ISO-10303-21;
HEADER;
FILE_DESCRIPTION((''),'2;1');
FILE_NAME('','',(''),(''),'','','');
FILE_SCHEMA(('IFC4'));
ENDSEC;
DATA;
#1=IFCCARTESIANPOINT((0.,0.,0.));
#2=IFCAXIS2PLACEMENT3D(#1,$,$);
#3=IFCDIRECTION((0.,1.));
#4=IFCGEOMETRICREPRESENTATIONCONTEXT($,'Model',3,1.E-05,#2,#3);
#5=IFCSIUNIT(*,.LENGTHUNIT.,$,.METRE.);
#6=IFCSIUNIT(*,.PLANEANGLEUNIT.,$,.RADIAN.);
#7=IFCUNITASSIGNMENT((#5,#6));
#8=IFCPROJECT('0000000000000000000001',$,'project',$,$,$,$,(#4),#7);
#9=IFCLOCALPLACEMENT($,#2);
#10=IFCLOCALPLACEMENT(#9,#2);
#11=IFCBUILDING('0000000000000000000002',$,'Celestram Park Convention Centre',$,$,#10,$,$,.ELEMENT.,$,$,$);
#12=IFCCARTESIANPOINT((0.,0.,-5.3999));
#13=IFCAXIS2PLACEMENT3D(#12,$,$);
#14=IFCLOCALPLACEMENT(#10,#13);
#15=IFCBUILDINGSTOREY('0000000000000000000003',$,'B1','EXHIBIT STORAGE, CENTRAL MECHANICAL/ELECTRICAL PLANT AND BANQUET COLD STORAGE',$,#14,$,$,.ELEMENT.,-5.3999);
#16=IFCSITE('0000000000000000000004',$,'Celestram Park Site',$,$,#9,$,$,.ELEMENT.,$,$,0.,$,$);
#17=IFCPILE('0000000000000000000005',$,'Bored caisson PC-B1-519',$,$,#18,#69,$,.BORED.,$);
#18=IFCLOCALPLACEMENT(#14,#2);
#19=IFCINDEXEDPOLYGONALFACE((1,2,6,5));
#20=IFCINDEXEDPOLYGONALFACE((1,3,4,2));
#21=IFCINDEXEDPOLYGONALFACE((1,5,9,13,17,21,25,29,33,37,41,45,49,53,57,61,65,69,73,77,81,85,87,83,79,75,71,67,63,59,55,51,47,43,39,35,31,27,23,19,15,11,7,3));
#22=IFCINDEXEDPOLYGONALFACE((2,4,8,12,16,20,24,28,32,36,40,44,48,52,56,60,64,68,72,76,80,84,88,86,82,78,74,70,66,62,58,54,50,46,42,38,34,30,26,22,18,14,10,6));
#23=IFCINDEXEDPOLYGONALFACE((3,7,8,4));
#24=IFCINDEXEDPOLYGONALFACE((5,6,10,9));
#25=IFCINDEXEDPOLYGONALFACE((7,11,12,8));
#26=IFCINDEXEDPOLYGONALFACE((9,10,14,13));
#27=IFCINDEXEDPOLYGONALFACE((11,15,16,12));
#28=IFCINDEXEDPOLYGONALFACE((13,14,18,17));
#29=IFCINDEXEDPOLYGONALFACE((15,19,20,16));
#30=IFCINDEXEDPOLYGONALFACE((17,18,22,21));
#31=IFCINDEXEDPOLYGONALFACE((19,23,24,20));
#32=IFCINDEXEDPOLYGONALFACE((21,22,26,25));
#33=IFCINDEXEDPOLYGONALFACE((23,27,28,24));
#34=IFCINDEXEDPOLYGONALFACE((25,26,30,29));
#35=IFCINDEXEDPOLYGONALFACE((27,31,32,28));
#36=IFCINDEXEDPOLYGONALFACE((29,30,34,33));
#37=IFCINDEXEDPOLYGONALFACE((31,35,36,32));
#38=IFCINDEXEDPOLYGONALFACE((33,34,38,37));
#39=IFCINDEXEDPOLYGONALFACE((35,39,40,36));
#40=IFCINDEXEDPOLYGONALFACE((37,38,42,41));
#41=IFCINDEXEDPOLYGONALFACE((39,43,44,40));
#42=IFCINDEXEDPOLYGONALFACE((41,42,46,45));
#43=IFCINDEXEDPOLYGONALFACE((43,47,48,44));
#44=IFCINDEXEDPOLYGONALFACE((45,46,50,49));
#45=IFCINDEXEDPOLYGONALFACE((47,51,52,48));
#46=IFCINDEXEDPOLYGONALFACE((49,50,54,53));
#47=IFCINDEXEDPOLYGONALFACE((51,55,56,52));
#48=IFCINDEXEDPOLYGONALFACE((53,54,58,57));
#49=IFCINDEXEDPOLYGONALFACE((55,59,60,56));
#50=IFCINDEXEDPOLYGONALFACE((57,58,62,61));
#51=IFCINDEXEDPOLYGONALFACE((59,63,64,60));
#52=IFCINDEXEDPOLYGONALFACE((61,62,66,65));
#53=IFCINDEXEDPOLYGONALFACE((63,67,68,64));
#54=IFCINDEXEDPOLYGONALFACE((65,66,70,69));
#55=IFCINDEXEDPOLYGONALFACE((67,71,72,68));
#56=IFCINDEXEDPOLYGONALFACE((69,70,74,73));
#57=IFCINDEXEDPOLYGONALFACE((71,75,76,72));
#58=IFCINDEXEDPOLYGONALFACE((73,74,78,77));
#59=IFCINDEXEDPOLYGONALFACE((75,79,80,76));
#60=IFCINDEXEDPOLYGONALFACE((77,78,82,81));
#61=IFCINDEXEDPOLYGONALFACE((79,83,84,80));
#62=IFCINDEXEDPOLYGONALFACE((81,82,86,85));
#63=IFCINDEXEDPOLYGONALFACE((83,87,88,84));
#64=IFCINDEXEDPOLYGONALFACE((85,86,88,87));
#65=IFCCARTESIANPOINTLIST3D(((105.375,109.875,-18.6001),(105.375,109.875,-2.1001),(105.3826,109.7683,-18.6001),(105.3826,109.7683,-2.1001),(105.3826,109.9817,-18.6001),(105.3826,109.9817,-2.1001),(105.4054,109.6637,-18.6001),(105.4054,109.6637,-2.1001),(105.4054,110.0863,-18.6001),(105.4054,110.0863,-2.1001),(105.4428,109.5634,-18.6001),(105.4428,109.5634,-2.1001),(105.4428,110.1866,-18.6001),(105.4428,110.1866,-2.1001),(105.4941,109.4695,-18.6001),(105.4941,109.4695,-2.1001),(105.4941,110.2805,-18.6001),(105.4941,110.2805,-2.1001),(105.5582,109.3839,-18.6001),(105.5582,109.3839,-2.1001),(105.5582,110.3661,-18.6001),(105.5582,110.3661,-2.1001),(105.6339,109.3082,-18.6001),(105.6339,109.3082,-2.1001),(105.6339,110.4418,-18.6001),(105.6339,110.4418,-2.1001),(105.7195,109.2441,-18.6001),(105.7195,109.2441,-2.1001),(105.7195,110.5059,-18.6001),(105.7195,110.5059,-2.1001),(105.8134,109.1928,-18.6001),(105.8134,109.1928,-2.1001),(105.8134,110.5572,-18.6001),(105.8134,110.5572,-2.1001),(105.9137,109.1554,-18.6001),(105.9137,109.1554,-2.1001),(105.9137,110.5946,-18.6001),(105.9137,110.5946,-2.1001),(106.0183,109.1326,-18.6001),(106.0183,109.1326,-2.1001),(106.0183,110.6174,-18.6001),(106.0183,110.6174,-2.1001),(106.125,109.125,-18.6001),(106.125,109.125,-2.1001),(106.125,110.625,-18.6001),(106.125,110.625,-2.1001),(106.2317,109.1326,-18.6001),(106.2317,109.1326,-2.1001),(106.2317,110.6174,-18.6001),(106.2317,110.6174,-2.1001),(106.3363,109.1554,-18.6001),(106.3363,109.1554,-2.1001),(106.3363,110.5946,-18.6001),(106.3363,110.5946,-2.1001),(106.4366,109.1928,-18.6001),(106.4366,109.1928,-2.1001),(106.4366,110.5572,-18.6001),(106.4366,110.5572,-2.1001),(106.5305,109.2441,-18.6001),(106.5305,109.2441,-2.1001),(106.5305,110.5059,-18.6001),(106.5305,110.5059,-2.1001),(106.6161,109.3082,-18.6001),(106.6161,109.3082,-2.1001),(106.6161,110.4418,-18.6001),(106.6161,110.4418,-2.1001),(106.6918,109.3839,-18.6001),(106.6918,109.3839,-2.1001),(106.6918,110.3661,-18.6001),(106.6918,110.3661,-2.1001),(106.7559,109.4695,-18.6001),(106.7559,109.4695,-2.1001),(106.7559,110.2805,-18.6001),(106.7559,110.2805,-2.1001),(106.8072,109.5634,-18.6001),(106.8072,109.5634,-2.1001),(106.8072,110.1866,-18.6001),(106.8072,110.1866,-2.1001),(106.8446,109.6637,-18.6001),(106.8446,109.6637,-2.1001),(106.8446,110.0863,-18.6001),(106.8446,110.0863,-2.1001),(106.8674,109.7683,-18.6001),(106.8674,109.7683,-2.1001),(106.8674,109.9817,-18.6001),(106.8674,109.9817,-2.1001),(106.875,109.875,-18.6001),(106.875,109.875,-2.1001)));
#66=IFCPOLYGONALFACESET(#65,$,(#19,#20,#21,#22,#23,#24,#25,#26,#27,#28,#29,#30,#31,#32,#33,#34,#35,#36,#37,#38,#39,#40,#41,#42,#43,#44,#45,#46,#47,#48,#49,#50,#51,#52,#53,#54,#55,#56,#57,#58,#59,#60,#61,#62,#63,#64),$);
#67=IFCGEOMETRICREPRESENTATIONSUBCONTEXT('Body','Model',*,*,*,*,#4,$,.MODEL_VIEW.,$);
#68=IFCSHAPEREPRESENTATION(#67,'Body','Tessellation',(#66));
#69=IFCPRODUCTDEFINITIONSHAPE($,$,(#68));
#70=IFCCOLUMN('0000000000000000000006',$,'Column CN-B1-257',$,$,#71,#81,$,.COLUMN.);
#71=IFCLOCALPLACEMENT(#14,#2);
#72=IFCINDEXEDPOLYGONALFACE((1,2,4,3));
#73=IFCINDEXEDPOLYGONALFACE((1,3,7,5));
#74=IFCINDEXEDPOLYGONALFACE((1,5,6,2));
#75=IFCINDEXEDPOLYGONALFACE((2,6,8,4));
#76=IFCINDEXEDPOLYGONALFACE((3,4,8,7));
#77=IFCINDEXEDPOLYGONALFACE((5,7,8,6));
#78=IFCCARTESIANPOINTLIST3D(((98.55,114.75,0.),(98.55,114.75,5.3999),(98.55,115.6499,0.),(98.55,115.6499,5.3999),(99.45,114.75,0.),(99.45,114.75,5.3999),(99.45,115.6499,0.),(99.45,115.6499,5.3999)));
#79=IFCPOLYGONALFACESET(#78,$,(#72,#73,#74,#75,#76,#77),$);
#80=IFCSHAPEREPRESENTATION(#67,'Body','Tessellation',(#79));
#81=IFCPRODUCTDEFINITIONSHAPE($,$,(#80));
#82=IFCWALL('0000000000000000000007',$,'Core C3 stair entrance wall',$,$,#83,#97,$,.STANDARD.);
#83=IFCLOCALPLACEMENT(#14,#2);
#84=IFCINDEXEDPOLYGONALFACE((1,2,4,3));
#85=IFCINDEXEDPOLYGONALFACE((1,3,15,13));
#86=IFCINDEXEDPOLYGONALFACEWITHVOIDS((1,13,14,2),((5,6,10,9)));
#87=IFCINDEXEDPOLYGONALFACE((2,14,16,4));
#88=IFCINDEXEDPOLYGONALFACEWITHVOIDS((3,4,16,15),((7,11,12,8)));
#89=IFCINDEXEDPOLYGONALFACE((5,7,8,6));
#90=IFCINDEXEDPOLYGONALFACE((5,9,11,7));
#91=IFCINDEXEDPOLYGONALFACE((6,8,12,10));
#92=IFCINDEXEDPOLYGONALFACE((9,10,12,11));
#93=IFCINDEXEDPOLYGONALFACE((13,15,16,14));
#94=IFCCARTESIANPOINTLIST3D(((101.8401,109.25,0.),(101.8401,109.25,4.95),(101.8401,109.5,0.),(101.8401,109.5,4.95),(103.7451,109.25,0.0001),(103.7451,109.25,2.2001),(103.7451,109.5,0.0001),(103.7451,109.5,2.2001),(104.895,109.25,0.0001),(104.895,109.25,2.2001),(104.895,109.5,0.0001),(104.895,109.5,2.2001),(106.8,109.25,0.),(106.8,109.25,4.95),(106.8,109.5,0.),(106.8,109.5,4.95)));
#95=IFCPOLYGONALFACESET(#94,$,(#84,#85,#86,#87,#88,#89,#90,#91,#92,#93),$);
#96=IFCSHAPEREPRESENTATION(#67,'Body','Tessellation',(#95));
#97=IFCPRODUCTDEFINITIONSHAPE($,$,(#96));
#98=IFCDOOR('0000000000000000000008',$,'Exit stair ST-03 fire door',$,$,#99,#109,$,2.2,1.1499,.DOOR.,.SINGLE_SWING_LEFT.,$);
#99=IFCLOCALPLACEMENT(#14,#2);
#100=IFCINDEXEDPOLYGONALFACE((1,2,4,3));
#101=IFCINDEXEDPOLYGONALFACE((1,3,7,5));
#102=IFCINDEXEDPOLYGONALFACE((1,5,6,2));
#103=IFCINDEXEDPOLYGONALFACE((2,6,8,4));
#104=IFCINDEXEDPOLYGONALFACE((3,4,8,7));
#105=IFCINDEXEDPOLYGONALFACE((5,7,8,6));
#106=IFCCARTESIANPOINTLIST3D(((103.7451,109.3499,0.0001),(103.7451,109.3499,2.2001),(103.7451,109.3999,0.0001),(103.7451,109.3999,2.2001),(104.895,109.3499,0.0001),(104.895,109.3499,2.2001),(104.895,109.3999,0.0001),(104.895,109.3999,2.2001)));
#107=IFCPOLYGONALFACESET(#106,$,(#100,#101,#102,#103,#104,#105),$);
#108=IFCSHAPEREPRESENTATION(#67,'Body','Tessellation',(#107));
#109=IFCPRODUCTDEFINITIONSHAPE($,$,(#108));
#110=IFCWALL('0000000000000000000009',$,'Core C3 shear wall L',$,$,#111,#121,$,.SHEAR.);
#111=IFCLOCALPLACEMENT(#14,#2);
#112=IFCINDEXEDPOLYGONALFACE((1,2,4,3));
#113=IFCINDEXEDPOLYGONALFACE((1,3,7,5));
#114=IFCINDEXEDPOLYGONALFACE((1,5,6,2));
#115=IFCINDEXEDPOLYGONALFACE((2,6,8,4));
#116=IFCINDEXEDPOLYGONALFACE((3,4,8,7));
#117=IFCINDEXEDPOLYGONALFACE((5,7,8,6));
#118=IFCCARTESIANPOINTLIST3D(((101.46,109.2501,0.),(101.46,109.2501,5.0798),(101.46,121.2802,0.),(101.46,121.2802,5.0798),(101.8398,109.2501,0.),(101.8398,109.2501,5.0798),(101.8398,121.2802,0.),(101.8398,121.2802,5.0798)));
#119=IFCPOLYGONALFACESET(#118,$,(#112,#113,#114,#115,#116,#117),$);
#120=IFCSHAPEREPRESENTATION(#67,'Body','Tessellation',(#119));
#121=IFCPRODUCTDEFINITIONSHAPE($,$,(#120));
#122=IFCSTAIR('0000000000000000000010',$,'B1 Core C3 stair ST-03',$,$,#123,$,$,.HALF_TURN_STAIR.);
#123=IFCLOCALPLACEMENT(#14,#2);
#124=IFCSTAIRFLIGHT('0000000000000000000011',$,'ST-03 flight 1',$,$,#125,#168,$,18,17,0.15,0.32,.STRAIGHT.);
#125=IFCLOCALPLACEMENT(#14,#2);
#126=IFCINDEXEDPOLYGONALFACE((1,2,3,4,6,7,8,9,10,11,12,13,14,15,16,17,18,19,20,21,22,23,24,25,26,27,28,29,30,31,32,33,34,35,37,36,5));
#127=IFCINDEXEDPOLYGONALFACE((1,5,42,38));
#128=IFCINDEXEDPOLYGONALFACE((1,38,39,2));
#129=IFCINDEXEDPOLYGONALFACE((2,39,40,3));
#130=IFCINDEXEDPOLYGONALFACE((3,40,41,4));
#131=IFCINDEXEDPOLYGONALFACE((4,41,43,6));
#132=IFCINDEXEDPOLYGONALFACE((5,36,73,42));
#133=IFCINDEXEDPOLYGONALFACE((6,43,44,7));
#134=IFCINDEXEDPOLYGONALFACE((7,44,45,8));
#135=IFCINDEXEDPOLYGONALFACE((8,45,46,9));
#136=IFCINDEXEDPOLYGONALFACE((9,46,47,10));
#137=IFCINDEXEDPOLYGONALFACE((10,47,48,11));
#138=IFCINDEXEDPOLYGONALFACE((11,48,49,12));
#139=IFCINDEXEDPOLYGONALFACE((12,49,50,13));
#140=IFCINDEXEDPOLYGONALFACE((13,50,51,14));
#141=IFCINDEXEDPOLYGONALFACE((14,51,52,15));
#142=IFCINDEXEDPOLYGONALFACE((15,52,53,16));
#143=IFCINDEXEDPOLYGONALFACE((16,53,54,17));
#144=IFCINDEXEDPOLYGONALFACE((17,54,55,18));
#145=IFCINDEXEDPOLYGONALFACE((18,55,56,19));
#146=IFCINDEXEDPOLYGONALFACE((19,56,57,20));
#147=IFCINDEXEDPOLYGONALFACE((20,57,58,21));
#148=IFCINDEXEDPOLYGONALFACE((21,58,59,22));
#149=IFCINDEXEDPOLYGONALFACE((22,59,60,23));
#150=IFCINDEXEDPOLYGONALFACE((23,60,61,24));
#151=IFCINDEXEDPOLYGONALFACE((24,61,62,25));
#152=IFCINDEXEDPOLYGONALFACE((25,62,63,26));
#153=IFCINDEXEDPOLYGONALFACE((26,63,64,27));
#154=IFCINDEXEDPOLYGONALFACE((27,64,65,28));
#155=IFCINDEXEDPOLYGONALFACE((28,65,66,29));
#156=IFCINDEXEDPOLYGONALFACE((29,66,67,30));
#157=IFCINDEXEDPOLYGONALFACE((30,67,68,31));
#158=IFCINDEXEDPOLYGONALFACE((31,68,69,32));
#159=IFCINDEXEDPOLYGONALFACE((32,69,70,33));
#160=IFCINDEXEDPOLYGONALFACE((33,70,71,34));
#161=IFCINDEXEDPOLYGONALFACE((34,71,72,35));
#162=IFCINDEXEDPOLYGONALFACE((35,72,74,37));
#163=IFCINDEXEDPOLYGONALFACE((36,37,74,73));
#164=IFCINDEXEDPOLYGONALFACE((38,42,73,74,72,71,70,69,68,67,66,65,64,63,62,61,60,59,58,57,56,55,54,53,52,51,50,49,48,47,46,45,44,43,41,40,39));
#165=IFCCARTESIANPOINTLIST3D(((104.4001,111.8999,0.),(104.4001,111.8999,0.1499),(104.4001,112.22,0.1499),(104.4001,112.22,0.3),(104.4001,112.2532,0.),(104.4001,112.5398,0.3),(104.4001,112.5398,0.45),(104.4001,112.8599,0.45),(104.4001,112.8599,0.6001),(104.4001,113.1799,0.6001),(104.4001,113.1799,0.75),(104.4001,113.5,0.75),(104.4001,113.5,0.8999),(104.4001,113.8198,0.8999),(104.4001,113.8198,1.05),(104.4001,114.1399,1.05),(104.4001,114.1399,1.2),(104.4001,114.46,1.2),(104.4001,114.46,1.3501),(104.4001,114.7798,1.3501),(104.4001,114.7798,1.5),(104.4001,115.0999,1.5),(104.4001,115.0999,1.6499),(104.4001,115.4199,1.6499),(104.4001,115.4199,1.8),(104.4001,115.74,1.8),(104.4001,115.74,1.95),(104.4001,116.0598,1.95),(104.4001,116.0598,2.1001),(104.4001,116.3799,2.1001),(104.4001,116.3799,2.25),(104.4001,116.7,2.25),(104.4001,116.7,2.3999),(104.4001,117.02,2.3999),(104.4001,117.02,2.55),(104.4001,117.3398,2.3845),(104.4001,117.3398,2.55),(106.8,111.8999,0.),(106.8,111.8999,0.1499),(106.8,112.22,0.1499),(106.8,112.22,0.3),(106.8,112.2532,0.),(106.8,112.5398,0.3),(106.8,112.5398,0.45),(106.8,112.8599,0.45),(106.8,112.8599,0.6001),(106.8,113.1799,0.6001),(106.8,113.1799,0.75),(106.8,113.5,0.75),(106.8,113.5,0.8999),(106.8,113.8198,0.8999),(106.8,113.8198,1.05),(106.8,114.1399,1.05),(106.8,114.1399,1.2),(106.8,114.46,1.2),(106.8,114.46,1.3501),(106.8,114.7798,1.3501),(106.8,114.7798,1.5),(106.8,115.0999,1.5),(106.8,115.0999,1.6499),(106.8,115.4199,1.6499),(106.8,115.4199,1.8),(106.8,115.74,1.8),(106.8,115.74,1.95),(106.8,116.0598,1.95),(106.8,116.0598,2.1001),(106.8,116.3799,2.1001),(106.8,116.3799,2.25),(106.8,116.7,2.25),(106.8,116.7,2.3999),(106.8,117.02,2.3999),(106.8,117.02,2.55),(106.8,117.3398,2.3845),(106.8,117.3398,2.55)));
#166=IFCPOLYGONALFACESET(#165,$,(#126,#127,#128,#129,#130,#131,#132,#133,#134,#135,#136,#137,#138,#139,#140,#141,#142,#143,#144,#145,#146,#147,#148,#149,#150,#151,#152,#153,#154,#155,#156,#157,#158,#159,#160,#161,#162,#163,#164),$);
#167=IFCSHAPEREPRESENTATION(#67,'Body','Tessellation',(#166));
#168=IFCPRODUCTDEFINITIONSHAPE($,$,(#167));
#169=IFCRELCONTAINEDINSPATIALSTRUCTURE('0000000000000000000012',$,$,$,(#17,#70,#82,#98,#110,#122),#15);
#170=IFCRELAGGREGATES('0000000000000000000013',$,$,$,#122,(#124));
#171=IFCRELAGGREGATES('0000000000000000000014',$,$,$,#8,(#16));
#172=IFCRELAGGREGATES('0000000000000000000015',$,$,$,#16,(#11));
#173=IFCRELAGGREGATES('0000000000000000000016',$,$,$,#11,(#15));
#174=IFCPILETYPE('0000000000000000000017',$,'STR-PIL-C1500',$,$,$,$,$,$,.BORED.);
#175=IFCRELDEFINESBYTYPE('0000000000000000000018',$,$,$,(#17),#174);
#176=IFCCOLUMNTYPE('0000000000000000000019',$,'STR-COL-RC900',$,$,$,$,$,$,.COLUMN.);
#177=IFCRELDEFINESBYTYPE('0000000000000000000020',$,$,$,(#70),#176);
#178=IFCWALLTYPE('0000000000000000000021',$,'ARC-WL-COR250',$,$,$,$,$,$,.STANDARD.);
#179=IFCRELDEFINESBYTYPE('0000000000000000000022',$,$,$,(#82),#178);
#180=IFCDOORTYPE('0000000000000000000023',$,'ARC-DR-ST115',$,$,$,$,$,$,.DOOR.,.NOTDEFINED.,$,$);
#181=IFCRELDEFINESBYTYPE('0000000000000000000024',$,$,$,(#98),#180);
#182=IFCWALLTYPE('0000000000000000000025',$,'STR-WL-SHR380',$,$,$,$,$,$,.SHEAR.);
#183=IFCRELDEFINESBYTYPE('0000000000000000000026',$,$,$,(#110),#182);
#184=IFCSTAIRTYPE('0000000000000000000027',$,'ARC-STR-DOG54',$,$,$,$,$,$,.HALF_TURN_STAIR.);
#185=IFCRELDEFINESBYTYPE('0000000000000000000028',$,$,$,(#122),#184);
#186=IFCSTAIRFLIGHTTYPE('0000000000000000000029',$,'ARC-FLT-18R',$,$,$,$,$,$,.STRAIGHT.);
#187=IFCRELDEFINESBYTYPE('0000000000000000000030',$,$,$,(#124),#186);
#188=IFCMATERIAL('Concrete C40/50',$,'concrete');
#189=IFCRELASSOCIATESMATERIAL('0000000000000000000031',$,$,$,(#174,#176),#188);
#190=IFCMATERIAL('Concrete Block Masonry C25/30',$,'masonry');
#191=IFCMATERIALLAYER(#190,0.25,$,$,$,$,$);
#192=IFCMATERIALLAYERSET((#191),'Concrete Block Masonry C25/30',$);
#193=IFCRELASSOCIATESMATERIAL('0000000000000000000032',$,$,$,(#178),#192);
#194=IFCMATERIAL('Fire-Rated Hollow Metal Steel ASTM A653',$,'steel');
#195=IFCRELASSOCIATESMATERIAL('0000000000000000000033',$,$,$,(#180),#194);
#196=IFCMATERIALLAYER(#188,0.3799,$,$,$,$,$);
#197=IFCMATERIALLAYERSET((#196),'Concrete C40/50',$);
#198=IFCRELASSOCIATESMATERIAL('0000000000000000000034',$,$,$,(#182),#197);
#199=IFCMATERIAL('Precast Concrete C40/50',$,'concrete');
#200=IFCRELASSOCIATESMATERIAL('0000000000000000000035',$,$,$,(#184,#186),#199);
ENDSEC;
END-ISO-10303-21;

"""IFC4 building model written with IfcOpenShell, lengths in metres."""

from ifc_helpers import new_model, si_unit, direction, frame, frame_2d, origin, origin_2d, place, context, subcontext, project, spatial, polyline, rectangle, circle, outline, extrude, material, layer, layer_set, material_profile, profile_set, type_object, element, fill, aggregate, save


model = new_model("IFC4")

# Units and contexts
model_context = context("Model", 3, precision=1e-05, world=origin(), true_north=direction((0.0, 1.0)))
body_context = subcontext(model_context, "Body", "Model", "MODEL_VIEW")
ifc_project = project(units=[si_unit("LENGTHUNIT", "METRE"), si_unit("PLANEANGLEUNIT", "RADIAN")], contexts=[model_context])

# Site, building, storey
site_placement = place(None, origin())
site = spatial("IfcSite", under=ifc_project, at=site_placement, Name="Celestram Park Site", CompositionType="ELEMENT", RefElevation=0.0)
building_placement = place(site_placement, origin())
building = spatial("IfcBuilding", under=site, at=building_placement, Name="Celestram Park Convention Centre", CompositionType="ELEMENT")
storey_placement = place(building_placement, frame((0.0, 0.0, -5.3999)))
storey = spatial("IfcBuildingStorey", under=building, at=storey_placement, Name="B1", Description="EXHIBIT STORAGE, CENTRAL MECHANICAL/ELECTRICAL PLANT AND BANQUET COLD STORAGE", CompositionType="ELEMENT", Elevation=-5.3999)

# Shared definitions
ifc_material_1 = material(Name="Concrete C40/50", Category="concrete")

# Pile
ifc_material_profile_1 = material_profile(ifc_material_1, circle(Radius=0.75, at=origin_2d()), Name="CAISSON1500")
ifc_profile_set_1 = profile_set([ifc_material_profile_1], Name="Concrete C40/50")
pile_type_1 = type_object("IfcPileType", Name="STR-PIL-C1500", PredefinedType="BORED", material=ifc_profile_set_1)
pile_placement = place(storey_placement, frame((106.125, 109.875, -2.1001), z_axis=(0.0, 0.0, -1.0), x_axis=(1.0, 0.0, 0.0)))
element("IfcPile", 1, at=pile_placement, inside=storey, type_object=pile_type_1, Name="Bored caisson PC-B1-519", PredefinedType="BORED", context=body_context, shape_type="SweptSolid", body=[
    extrude(circle(Radius=0.75, at=origin_2d()), origin(), (0.0, 0.0, 1.0), 16.5),
])

# Column
ifc_material_profile_2 = material_profile(ifc_material_1, rectangle(XDim=0.8999, YDim=0.8999, at=origin_2d()), Name="RC900X900")
ifc_profile_set_2 = profile_set([ifc_material_profile_2], Name="Concrete C40/50")
column_type = type_object("IfcColumnType", Name="STR-COL-RC900", PredefinedType="COLUMN", material=ifc_profile_set_2)
column_placement = place(storey_placement, frame((99.0, 115.2, 0.0), z_axis=(0.0, 0.0, 1.0), x_axis=(1.0, 0.0, 0.0)))
element("IfcColumn", 2, at=column_placement, inside=storey, type_object=column_type, Name="Column CN-B1-257", PredefinedType="COLUMN", context=body_context, shape_type="SweptSolid", body=[
    extrude(rectangle(XDim=0.8999, YDim=0.8999, at=origin_2d()), origin(), (0.0, 0.0, 1.0), 5.3999),
])

# Wall, opening, door
ifc_material_2 = material(Name="Concrete Block Masonry C25/30", Category="masonry")
ifc_layer_1 = layer(ifc_material_2, 0.25)
ifc_layer_set_1 = layer_set([ifc_layer_1], Name="Concrete Block Masonry C25/30")
wall_type_1 = type_object("IfcWallType", Name="ARC-WL-COR250", PredefinedType="STANDARD", material=ifc_layer_set_1)
wall_1_placement = place(storey_placement, frame((101.8401, 109.375, 0.0), z_axis=(0.0, 0.0, 1.0), x_axis=(1.0, 0.0, 0.0)))
wall_1 = element("IfcWall", 3, at=wall_1_placement, inside=storey, type_object=wall_type_1, Name="Core C3 stair entrance wall", PredefinedType="STANDARD", context=body_context, shape_type="SweptSolid", body=[
    extrude(rectangle(XDim=4.96, YDim=0.25, at=frame_2d((2.48, 0.0))), origin(), (0.0, 0.0, 1.0), 4.95),
])
opening_placement = place(wall_1_placement, frame((1.905, 0.0, 0.0)))
opening = element("IfcOpeningElement", 4, at=opening_placement, cuts=wall_1, PredefinedType="OPENING", context=body_context, shape_type="SweptSolid", body=[
    extrude(rectangle(XDim=1.1499, YDim=2.2, at=frame_2d((0.575, 1.1001))), frame((0.0, 0.135, 0.0), z_axis=(0.0, -1.0, 0.0), x_axis=(1.0, 0.0, 0.0)), (0.0, 0.0, 1.0), 0.27),
])
ifc_material_3 = material(Name="Fire-Rated Hollow Metal Steel ASTM A653", Category="steel")
door_type = type_object("IfcDoorType", Name="ARC-DR-ST115", OperationType="NOTDEFINED", PredefinedType="DOOR", material=ifc_material_3)
door_placement = place(opening_placement, origin())
door = element("IfcDoor", 5, at=door_placement, inside=storey, type_object=door_type, Name="Exit stair ST-03 fire door", OperationType="SINGLE_SWING_LEFT", OverallHeight=2.2, OverallWidth=1.1499, PredefinedType="DOOR", context=body_context, shape_type="SweptSolid", body=[
    extrude(rectangle(XDim=1.1499, YDim=2.2, at=frame_2d((0.575, 1.1001))), frame((0.0, 0.0249, 0.0), z_axis=(0.0, -1.0, 0.0), x_axis=(1.0, 0.0, 0.0)), (0.0, 0.0, 1.0), 0.05),
])
fill(opening, door)

# Wall
ifc_layer_2 = layer(ifc_material_1, 0.3799)
ifc_layer_set_2 = layer_set([ifc_layer_2], Name="Concrete C40/50")
wall_type_2 = type_object("IfcWallType", Name="STR-WL-SHR380", PredefinedType="SHEAR", material=ifc_layer_set_2)
wall_2_placement = place(storey_placement, frame((101.6499, 109.25, 0.0), z_axis=(0.0, 0.0, 1.0), x_axis=(0.0, 1.0, 0.0)))
element("IfcWall", 6, at=wall_2_placement, inside=storey, type_object=wall_type_2, Name="Core C3 shear wall L", PredefinedType="SHEAR", context=body_context, shape_type="SweptSolid", body=[
    extrude(rectangle(XDim=12.03, YDim=0.3799, at=frame_2d((6.0151, 0.0))), origin(), (0.0, 0.0, 1.0), 5.0798),
])

# Stair, stair flight
ifc_material_4 = material(Name="Precast Concrete C40/50", Category="concrete")
stair_type = type_object("IfcStairType", Name="ARC-STR-DOG54", PredefinedType="HALF_TURN_STAIR", material=ifc_material_4)
stair_placement = place(storey_placement, origin())
stair = element("IfcStair", 7, at=stair_placement, inside=storey, type_object=stair_type, Name="B1 Core C3 stair ST-03", PredefinedType="HALF_TURN_STAIR")
stair_flight_type = type_object("IfcStairFlightType", Name="ARC-FLT-18R", PredefinedType="STRAIGHT", material=ifc_material_4)
stair_flight_1_placement = place(storey_placement, frame((105.6001, 111.8999, 0.0), z_axis=(0.0, 0.0, 1.0), x_axis=(0.0, 1.0, 0.0)))
stair_flight_1 = element("IfcStairFlight", 8, at=stair_flight_1_placement, type_object=stair_flight_type, Name="ST-03 flight 1", NumberOfRisers=18, NumberOfTreads=17, PredefinedType="STRAIGHT", RiserHeight=0.15, TreadLength=0.32, context=body_context, shape_type="SweptSolid", body=[
    extrude(outline(polyline([(0.0, 0.0), (0.0, 0.1499), (0.3201, 0.1499), (0.3201, 0.3), (0.6399, 0.3), (0.6399, 0.45), (0.96, 0.45), (0.96, 0.6001), (1.28, 0.6001), (1.28, 0.75), (1.6001, 0.75), (1.6001, 0.8999), (1.9199, 0.8999), (1.9199, 1.05), (2.24, 1.05), (2.24, 1.2), (2.5601, 1.2), (2.5601, 1.3501), (2.8799, 1.3501), (2.8799, 1.5), (3.2, 1.5), (3.2, 1.6499), (3.52, 1.6499), (3.52, 1.8), (3.8401, 1.8), (3.8401, 1.95), (4.1599, 1.95), (4.1599, 2.1001), (4.48, 2.1001), (4.48, 2.25), (4.8, 2.25), (4.8, 2.3999), (5.1201, 2.3999), (5.1201, 2.55), (5.4399, 2.55), (5.4399, 2.7), (5.4399, 2.3845), (0.3533, 0.0), (0.0, 0.0)])), frame((0.0, 1.2, 0.0), z_axis=(0.0, -1.0, 0.0), x_axis=(1.0, 0.0, 0.0)), (0.0, 0.0, 1.0), 2.3999),
])
aggregate(stair, [stair_flight_1])

save(model, "model.ifc")
